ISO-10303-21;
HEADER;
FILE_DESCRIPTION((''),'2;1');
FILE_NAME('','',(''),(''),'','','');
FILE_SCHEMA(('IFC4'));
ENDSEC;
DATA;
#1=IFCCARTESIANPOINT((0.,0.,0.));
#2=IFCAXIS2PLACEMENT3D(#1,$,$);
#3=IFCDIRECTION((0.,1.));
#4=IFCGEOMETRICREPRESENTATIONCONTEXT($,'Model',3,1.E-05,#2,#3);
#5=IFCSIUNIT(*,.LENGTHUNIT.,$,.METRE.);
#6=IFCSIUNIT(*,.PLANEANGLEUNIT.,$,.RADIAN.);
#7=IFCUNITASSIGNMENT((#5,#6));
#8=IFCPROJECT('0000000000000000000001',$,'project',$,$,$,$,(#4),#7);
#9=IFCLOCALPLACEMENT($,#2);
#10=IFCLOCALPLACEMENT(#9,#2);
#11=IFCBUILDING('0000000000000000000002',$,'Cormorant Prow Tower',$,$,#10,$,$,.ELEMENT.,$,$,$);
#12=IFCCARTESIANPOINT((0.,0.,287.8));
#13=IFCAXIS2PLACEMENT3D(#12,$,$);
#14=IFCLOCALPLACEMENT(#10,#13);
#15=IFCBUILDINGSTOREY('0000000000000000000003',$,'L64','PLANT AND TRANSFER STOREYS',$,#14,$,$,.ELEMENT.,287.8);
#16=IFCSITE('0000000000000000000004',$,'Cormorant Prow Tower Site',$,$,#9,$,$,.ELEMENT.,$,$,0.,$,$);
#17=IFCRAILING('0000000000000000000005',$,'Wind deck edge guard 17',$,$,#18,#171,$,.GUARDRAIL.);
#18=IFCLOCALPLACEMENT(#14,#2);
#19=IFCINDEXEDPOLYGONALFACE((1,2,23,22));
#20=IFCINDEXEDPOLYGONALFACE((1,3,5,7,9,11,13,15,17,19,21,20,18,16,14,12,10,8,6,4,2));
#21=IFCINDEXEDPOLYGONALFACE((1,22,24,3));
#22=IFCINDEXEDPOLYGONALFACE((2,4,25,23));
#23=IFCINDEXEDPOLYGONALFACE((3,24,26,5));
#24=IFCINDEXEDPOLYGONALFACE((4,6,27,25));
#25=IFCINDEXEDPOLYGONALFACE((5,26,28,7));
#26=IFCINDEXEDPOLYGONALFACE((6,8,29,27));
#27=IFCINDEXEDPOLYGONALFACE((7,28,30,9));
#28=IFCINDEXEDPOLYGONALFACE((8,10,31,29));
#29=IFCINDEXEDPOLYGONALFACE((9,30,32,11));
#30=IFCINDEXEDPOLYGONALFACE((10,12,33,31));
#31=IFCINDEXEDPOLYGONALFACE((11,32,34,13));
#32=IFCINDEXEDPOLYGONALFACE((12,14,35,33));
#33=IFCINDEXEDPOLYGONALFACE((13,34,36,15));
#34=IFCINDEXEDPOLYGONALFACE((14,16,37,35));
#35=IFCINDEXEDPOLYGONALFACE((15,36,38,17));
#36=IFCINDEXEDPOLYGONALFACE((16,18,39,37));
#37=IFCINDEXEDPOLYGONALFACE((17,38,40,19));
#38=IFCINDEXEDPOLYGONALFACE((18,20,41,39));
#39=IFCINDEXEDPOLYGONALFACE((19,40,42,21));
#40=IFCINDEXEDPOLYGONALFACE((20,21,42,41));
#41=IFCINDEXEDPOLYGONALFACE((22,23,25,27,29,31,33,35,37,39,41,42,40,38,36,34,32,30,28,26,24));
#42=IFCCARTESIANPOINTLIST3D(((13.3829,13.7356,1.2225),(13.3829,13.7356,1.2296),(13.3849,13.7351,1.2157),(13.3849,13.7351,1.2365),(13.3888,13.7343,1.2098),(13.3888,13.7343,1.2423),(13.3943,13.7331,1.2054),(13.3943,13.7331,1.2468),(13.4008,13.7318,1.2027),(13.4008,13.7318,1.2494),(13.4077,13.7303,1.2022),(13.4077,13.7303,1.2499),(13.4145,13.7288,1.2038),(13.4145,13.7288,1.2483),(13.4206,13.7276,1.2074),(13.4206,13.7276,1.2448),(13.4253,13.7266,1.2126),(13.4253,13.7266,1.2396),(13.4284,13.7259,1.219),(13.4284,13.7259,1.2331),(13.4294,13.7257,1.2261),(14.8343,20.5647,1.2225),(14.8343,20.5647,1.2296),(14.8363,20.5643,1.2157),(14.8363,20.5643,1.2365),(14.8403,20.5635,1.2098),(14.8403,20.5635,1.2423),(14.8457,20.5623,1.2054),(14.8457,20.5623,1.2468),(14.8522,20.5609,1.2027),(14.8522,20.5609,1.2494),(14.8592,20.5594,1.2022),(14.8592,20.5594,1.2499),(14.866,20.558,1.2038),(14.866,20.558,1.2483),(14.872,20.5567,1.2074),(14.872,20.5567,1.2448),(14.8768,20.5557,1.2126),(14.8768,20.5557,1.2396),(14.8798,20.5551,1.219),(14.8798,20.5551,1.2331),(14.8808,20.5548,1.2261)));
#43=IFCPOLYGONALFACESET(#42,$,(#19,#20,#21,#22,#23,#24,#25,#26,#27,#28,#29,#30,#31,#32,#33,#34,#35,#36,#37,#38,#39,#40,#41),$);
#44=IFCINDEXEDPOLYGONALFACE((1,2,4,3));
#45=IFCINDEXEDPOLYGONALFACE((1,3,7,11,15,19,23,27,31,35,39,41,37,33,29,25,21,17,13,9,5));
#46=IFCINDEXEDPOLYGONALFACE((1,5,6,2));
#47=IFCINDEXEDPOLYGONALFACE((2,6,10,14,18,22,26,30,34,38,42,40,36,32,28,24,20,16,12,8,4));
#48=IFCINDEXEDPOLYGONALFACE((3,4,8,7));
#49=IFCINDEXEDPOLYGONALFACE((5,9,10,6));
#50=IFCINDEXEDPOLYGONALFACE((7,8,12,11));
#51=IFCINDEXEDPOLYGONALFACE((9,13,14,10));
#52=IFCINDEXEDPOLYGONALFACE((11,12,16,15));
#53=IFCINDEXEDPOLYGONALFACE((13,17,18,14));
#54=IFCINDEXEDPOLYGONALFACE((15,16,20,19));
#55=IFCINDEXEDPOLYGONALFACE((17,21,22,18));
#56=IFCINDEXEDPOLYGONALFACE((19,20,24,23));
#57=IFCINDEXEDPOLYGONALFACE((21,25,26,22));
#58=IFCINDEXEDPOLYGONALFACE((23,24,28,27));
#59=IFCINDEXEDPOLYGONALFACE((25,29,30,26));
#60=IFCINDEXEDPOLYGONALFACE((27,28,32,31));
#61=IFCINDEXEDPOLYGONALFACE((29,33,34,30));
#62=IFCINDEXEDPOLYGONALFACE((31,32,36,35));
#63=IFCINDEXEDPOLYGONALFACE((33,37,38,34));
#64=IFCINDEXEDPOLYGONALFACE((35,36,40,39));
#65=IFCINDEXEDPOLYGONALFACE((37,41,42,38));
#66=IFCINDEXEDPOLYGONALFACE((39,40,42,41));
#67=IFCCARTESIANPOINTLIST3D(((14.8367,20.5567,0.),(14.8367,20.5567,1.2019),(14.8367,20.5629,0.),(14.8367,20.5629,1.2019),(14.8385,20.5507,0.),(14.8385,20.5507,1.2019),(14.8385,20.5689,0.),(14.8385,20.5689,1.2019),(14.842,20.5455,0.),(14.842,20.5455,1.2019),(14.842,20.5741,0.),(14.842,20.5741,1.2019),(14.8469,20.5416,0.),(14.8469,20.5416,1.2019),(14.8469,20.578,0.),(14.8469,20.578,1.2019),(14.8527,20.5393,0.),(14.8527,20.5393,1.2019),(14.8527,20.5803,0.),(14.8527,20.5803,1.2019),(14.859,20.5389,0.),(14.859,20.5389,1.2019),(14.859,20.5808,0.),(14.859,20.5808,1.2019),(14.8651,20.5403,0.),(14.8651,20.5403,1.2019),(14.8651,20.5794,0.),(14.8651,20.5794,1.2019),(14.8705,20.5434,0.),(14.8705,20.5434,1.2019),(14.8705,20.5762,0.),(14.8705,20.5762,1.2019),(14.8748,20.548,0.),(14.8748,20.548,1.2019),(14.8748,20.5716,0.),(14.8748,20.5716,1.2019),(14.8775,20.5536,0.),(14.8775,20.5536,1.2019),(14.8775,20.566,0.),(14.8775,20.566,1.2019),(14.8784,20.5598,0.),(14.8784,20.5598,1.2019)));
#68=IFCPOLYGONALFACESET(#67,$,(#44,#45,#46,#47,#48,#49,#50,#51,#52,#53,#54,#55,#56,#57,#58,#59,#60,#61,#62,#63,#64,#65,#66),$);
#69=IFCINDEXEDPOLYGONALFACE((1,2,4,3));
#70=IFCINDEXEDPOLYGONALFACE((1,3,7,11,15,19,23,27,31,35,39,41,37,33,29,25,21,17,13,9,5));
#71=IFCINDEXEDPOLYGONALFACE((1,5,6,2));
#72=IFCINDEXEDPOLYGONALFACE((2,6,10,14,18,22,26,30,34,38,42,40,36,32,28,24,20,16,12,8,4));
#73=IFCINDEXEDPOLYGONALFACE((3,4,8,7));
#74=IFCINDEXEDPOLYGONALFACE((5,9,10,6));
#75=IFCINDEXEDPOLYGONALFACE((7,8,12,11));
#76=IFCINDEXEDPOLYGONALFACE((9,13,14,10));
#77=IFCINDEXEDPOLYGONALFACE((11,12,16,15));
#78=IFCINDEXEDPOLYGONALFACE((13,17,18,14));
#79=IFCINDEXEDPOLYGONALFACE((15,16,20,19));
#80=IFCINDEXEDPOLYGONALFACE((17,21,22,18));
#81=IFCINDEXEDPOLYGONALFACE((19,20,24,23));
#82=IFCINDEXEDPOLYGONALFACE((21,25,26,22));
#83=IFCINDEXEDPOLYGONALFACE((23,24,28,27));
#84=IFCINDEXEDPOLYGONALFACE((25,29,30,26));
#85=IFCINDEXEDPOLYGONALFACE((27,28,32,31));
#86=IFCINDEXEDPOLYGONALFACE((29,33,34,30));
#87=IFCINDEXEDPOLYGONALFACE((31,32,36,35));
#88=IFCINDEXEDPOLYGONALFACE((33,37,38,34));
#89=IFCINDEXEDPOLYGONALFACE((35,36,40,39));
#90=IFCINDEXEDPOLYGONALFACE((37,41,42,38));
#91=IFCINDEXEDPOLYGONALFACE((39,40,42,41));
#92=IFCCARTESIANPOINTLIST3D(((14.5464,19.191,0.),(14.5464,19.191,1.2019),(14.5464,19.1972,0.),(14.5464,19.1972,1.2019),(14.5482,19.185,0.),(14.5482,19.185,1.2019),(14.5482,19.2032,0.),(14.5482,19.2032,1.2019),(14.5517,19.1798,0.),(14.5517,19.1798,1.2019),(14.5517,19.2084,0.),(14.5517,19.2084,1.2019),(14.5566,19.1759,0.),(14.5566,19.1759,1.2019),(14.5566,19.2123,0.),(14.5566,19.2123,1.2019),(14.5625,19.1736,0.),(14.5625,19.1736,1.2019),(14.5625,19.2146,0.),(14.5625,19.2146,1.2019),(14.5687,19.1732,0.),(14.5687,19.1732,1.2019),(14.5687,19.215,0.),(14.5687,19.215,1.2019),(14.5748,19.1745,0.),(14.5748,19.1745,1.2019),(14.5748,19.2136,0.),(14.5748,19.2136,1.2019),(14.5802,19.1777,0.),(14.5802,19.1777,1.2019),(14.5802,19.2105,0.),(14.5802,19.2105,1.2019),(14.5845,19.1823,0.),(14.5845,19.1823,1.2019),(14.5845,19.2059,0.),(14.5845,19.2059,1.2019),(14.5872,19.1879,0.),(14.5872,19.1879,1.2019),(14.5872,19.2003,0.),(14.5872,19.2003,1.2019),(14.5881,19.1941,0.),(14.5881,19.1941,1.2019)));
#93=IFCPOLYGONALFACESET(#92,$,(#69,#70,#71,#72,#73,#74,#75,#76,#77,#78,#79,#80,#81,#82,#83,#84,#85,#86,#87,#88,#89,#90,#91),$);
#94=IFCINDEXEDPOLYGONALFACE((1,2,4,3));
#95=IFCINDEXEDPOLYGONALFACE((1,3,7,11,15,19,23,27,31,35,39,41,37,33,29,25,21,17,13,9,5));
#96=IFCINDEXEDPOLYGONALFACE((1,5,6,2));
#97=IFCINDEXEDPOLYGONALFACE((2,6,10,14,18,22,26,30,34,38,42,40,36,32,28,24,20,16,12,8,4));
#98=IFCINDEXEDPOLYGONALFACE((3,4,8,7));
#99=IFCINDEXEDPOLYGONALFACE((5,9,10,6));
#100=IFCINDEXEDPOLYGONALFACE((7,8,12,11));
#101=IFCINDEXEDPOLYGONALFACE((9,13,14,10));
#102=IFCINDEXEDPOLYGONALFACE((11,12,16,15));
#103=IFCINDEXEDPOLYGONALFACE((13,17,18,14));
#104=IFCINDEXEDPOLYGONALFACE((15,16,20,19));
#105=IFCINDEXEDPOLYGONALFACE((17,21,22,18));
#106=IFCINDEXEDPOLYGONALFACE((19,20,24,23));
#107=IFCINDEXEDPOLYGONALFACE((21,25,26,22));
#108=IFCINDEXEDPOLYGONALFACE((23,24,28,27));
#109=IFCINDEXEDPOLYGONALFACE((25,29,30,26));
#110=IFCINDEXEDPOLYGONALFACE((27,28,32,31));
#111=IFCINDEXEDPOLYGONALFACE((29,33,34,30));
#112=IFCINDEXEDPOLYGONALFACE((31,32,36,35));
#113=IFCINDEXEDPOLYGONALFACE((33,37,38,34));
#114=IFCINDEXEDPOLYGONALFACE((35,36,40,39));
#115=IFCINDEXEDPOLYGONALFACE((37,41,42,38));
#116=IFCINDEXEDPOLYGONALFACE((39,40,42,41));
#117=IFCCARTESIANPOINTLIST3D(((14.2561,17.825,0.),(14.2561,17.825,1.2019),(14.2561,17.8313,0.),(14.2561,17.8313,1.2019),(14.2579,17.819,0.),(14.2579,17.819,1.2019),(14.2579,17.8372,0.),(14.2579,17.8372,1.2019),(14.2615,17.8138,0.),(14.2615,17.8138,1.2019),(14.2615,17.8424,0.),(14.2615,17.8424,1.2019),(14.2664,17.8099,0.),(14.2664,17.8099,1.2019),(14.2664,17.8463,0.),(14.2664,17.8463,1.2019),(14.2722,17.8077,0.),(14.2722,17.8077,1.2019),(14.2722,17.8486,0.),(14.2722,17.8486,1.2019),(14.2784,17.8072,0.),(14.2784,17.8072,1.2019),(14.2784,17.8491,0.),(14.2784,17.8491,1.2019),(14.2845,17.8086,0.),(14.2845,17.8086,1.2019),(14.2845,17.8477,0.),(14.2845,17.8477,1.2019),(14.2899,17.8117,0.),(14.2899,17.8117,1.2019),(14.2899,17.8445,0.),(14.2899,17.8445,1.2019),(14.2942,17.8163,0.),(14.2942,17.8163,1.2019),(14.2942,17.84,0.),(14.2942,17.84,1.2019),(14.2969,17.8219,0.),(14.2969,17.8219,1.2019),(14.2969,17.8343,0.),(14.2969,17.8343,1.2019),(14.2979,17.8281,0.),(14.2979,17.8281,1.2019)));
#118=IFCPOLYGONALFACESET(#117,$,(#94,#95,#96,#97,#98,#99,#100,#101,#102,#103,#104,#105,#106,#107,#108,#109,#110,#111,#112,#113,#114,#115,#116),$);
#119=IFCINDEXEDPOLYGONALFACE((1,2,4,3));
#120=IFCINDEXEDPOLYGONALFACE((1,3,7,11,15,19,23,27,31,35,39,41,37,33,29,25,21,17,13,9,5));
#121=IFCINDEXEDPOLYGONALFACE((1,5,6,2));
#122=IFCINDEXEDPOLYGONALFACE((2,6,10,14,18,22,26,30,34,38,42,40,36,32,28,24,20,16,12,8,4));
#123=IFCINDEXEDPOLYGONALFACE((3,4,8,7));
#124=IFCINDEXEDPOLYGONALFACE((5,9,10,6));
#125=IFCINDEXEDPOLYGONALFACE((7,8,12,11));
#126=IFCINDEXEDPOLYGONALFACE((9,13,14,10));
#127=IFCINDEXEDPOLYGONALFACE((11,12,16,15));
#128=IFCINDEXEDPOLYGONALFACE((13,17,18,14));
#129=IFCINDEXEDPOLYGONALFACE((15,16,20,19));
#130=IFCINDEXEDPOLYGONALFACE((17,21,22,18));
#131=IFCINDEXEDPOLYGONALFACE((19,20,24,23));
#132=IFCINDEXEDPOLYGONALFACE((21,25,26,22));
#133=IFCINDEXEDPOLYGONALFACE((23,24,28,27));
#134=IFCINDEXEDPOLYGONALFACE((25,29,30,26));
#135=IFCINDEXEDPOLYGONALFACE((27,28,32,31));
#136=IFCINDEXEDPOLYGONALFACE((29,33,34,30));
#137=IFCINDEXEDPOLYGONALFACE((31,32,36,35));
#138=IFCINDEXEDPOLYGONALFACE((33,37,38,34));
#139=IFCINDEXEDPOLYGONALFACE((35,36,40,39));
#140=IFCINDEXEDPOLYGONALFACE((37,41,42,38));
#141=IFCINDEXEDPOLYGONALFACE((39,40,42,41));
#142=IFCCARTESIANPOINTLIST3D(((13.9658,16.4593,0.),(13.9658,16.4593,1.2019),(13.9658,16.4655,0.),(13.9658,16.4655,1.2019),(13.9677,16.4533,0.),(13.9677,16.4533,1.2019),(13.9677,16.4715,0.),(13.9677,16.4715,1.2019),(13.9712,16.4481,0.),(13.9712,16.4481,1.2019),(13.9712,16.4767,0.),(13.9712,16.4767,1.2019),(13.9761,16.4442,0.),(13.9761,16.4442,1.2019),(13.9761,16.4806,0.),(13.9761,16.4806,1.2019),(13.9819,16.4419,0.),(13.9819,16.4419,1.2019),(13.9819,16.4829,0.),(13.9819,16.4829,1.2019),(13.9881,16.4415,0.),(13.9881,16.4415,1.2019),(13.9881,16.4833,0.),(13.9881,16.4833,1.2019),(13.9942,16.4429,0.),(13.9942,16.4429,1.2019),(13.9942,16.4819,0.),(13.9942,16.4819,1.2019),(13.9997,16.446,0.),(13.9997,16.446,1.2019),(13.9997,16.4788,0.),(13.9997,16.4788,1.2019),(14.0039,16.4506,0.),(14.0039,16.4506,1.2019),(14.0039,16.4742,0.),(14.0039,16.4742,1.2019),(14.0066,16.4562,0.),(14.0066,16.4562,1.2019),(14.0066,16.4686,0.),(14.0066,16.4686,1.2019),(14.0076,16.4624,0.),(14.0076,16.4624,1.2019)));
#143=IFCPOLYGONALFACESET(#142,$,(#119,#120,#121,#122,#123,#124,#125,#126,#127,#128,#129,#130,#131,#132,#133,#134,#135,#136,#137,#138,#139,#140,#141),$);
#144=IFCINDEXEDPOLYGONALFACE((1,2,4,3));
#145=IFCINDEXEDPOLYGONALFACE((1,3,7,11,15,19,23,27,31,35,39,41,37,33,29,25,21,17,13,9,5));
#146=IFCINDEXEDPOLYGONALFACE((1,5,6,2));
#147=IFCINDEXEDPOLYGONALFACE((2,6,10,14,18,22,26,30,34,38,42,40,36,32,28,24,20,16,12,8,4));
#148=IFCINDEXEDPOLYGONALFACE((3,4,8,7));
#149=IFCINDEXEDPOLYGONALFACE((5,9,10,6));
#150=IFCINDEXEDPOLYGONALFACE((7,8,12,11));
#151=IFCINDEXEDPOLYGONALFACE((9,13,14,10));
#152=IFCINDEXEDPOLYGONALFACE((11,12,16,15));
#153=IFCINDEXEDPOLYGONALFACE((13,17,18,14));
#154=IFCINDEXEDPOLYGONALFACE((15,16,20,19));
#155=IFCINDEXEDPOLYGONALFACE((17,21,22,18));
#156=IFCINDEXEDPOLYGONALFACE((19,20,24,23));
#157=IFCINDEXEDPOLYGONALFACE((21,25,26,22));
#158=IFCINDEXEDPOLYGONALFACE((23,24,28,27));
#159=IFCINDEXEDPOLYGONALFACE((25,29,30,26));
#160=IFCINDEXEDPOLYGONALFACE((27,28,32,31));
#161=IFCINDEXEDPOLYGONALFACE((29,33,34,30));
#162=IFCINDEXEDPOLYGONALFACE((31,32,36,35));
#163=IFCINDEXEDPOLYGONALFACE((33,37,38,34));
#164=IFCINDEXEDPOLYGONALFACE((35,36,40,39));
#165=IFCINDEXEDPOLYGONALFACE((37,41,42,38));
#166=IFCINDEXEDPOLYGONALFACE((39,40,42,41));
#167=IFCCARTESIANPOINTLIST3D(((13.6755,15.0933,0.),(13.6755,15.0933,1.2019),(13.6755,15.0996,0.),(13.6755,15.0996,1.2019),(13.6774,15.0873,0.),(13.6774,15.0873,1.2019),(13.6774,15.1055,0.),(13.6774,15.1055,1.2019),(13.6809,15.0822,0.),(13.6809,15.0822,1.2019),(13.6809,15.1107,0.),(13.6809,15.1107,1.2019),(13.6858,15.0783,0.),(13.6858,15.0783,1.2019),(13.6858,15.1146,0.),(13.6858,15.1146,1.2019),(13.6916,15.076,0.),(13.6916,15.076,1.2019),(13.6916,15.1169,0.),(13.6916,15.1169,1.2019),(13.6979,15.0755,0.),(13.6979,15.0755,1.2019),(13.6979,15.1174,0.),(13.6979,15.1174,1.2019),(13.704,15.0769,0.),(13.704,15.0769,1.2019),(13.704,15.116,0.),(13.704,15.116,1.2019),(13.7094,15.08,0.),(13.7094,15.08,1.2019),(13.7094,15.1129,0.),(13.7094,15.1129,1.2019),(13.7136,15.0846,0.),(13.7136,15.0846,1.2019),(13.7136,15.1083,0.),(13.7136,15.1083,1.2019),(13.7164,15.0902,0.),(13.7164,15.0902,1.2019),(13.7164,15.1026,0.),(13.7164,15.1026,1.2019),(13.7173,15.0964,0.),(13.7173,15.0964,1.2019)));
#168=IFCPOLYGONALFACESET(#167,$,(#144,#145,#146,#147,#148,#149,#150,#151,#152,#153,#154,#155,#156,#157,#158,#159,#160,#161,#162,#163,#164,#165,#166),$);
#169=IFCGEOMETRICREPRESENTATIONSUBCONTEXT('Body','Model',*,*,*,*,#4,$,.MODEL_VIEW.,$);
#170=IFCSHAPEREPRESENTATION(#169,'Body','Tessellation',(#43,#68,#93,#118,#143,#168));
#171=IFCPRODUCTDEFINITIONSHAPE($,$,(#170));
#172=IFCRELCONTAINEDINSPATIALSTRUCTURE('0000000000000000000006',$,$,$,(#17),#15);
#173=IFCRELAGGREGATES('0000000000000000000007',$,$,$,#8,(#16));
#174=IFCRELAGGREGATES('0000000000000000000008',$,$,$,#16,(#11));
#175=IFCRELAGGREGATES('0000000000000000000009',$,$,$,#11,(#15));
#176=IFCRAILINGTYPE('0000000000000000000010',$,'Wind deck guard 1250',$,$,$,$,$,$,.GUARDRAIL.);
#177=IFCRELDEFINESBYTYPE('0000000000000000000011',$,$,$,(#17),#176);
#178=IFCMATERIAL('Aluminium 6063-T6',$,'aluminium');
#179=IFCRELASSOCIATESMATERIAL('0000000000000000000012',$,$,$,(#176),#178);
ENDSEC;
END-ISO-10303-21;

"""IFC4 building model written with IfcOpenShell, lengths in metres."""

from ifc_helpers import new_model, si_unit, direction, frame, origin, origin_2d, place, context, subcontext, project, spatial, circle, extrude, material, type_object, element, save


model = new_model("IFC4")

# Units and contexts
model_context = context("Model", 3, precision=1e-05, world=origin(), true_north=direction((0.0, 1.0)))
body_context = subcontext(model_context, "Body", "Model", "MODEL_VIEW")
ifc_project = project(units=[si_unit("LENGTHUNIT", "METRE"), si_unit("PLANEANGLEUNIT", "RADIAN")], contexts=[model_context])

# Site, building, storey
site_placement = place(None, origin())
site = spatial("IfcSite", under=ifc_project, at=site_placement, Name="Cormorant Prow Tower Site", CompositionType="ELEMENT", RefElevation=0.0)
building_placement = place(site_placement, origin())
building = spatial("IfcBuilding", under=site, at=building_placement, Name="Cormorant Prow Tower", CompositionType="ELEMENT")
storey_placement = place(building_placement, frame((0.0, 0.0, 287.8)))
storey = spatial("IfcBuildingStorey", under=building, at=storey_placement, Name="L64", Description="PLANT AND TRANSFER STOREYS", CompositionType="ELEMENT", Elevation=287.8)

# Railing
ifc_material_1 = material(Name="Aluminium 6063-T6", Category="aluminium")
railing_type = type_object("IfcRailingType", Name="Wind deck guard 1250", PredefinedType="GUARDRAIL", material=ifc_material_1)
railing_1_placement = place(storey_placement, frame((14.8574, 20.5598, 0.0)))
element("IfcRailing", 1, at=railing_1_placement, inside=storey, type_object=railing_type, Name="Wind deck edge guard 17", PredefinedType="GUARDRAIL", context=body_context, shape_type="SweptSolid", body=[
    extrude(circle(Radius=0.0239, at=origin_2d()), frame((0.0, 0.0, 1.2261), z_axis=(-0.207891, -0.978152, 0.0), x_axis=(0.978152, -0.207891, 0.0)), (0.0, 0.0, 1.0), 6.9817),
    extrude(circle(Radius=0.021, at=origin_2d()), origin(), (0.0, 0.0, 1.0), 1.2019),
    extrude(circle(Radius=0.021, at=origin_2d()), frame((-0.2903, -1.3657, 0.0)), (0.0, 0.0, 1.0), 1.2019),
    extrude(circle(Radius=0.021, at=origin_2d()), frame((-0.5806, -2.7317, 0.0)), (0.0, 0.0, 1.0), 1.2019),
    extrude(circle(Radius=0.021, at=origin_2d()), frame((-0.8708, -4.0974, 0.0)), (0.0, 0.0, 1.0), 1.2019),
    extrude(circle(Radius=0.021, at=origin_2d()), frame((-1.1611, -5.4634, 0.0)), (0.0, 0.0, 1.0), 1.2019),
])

save(model, "model.ifc")
